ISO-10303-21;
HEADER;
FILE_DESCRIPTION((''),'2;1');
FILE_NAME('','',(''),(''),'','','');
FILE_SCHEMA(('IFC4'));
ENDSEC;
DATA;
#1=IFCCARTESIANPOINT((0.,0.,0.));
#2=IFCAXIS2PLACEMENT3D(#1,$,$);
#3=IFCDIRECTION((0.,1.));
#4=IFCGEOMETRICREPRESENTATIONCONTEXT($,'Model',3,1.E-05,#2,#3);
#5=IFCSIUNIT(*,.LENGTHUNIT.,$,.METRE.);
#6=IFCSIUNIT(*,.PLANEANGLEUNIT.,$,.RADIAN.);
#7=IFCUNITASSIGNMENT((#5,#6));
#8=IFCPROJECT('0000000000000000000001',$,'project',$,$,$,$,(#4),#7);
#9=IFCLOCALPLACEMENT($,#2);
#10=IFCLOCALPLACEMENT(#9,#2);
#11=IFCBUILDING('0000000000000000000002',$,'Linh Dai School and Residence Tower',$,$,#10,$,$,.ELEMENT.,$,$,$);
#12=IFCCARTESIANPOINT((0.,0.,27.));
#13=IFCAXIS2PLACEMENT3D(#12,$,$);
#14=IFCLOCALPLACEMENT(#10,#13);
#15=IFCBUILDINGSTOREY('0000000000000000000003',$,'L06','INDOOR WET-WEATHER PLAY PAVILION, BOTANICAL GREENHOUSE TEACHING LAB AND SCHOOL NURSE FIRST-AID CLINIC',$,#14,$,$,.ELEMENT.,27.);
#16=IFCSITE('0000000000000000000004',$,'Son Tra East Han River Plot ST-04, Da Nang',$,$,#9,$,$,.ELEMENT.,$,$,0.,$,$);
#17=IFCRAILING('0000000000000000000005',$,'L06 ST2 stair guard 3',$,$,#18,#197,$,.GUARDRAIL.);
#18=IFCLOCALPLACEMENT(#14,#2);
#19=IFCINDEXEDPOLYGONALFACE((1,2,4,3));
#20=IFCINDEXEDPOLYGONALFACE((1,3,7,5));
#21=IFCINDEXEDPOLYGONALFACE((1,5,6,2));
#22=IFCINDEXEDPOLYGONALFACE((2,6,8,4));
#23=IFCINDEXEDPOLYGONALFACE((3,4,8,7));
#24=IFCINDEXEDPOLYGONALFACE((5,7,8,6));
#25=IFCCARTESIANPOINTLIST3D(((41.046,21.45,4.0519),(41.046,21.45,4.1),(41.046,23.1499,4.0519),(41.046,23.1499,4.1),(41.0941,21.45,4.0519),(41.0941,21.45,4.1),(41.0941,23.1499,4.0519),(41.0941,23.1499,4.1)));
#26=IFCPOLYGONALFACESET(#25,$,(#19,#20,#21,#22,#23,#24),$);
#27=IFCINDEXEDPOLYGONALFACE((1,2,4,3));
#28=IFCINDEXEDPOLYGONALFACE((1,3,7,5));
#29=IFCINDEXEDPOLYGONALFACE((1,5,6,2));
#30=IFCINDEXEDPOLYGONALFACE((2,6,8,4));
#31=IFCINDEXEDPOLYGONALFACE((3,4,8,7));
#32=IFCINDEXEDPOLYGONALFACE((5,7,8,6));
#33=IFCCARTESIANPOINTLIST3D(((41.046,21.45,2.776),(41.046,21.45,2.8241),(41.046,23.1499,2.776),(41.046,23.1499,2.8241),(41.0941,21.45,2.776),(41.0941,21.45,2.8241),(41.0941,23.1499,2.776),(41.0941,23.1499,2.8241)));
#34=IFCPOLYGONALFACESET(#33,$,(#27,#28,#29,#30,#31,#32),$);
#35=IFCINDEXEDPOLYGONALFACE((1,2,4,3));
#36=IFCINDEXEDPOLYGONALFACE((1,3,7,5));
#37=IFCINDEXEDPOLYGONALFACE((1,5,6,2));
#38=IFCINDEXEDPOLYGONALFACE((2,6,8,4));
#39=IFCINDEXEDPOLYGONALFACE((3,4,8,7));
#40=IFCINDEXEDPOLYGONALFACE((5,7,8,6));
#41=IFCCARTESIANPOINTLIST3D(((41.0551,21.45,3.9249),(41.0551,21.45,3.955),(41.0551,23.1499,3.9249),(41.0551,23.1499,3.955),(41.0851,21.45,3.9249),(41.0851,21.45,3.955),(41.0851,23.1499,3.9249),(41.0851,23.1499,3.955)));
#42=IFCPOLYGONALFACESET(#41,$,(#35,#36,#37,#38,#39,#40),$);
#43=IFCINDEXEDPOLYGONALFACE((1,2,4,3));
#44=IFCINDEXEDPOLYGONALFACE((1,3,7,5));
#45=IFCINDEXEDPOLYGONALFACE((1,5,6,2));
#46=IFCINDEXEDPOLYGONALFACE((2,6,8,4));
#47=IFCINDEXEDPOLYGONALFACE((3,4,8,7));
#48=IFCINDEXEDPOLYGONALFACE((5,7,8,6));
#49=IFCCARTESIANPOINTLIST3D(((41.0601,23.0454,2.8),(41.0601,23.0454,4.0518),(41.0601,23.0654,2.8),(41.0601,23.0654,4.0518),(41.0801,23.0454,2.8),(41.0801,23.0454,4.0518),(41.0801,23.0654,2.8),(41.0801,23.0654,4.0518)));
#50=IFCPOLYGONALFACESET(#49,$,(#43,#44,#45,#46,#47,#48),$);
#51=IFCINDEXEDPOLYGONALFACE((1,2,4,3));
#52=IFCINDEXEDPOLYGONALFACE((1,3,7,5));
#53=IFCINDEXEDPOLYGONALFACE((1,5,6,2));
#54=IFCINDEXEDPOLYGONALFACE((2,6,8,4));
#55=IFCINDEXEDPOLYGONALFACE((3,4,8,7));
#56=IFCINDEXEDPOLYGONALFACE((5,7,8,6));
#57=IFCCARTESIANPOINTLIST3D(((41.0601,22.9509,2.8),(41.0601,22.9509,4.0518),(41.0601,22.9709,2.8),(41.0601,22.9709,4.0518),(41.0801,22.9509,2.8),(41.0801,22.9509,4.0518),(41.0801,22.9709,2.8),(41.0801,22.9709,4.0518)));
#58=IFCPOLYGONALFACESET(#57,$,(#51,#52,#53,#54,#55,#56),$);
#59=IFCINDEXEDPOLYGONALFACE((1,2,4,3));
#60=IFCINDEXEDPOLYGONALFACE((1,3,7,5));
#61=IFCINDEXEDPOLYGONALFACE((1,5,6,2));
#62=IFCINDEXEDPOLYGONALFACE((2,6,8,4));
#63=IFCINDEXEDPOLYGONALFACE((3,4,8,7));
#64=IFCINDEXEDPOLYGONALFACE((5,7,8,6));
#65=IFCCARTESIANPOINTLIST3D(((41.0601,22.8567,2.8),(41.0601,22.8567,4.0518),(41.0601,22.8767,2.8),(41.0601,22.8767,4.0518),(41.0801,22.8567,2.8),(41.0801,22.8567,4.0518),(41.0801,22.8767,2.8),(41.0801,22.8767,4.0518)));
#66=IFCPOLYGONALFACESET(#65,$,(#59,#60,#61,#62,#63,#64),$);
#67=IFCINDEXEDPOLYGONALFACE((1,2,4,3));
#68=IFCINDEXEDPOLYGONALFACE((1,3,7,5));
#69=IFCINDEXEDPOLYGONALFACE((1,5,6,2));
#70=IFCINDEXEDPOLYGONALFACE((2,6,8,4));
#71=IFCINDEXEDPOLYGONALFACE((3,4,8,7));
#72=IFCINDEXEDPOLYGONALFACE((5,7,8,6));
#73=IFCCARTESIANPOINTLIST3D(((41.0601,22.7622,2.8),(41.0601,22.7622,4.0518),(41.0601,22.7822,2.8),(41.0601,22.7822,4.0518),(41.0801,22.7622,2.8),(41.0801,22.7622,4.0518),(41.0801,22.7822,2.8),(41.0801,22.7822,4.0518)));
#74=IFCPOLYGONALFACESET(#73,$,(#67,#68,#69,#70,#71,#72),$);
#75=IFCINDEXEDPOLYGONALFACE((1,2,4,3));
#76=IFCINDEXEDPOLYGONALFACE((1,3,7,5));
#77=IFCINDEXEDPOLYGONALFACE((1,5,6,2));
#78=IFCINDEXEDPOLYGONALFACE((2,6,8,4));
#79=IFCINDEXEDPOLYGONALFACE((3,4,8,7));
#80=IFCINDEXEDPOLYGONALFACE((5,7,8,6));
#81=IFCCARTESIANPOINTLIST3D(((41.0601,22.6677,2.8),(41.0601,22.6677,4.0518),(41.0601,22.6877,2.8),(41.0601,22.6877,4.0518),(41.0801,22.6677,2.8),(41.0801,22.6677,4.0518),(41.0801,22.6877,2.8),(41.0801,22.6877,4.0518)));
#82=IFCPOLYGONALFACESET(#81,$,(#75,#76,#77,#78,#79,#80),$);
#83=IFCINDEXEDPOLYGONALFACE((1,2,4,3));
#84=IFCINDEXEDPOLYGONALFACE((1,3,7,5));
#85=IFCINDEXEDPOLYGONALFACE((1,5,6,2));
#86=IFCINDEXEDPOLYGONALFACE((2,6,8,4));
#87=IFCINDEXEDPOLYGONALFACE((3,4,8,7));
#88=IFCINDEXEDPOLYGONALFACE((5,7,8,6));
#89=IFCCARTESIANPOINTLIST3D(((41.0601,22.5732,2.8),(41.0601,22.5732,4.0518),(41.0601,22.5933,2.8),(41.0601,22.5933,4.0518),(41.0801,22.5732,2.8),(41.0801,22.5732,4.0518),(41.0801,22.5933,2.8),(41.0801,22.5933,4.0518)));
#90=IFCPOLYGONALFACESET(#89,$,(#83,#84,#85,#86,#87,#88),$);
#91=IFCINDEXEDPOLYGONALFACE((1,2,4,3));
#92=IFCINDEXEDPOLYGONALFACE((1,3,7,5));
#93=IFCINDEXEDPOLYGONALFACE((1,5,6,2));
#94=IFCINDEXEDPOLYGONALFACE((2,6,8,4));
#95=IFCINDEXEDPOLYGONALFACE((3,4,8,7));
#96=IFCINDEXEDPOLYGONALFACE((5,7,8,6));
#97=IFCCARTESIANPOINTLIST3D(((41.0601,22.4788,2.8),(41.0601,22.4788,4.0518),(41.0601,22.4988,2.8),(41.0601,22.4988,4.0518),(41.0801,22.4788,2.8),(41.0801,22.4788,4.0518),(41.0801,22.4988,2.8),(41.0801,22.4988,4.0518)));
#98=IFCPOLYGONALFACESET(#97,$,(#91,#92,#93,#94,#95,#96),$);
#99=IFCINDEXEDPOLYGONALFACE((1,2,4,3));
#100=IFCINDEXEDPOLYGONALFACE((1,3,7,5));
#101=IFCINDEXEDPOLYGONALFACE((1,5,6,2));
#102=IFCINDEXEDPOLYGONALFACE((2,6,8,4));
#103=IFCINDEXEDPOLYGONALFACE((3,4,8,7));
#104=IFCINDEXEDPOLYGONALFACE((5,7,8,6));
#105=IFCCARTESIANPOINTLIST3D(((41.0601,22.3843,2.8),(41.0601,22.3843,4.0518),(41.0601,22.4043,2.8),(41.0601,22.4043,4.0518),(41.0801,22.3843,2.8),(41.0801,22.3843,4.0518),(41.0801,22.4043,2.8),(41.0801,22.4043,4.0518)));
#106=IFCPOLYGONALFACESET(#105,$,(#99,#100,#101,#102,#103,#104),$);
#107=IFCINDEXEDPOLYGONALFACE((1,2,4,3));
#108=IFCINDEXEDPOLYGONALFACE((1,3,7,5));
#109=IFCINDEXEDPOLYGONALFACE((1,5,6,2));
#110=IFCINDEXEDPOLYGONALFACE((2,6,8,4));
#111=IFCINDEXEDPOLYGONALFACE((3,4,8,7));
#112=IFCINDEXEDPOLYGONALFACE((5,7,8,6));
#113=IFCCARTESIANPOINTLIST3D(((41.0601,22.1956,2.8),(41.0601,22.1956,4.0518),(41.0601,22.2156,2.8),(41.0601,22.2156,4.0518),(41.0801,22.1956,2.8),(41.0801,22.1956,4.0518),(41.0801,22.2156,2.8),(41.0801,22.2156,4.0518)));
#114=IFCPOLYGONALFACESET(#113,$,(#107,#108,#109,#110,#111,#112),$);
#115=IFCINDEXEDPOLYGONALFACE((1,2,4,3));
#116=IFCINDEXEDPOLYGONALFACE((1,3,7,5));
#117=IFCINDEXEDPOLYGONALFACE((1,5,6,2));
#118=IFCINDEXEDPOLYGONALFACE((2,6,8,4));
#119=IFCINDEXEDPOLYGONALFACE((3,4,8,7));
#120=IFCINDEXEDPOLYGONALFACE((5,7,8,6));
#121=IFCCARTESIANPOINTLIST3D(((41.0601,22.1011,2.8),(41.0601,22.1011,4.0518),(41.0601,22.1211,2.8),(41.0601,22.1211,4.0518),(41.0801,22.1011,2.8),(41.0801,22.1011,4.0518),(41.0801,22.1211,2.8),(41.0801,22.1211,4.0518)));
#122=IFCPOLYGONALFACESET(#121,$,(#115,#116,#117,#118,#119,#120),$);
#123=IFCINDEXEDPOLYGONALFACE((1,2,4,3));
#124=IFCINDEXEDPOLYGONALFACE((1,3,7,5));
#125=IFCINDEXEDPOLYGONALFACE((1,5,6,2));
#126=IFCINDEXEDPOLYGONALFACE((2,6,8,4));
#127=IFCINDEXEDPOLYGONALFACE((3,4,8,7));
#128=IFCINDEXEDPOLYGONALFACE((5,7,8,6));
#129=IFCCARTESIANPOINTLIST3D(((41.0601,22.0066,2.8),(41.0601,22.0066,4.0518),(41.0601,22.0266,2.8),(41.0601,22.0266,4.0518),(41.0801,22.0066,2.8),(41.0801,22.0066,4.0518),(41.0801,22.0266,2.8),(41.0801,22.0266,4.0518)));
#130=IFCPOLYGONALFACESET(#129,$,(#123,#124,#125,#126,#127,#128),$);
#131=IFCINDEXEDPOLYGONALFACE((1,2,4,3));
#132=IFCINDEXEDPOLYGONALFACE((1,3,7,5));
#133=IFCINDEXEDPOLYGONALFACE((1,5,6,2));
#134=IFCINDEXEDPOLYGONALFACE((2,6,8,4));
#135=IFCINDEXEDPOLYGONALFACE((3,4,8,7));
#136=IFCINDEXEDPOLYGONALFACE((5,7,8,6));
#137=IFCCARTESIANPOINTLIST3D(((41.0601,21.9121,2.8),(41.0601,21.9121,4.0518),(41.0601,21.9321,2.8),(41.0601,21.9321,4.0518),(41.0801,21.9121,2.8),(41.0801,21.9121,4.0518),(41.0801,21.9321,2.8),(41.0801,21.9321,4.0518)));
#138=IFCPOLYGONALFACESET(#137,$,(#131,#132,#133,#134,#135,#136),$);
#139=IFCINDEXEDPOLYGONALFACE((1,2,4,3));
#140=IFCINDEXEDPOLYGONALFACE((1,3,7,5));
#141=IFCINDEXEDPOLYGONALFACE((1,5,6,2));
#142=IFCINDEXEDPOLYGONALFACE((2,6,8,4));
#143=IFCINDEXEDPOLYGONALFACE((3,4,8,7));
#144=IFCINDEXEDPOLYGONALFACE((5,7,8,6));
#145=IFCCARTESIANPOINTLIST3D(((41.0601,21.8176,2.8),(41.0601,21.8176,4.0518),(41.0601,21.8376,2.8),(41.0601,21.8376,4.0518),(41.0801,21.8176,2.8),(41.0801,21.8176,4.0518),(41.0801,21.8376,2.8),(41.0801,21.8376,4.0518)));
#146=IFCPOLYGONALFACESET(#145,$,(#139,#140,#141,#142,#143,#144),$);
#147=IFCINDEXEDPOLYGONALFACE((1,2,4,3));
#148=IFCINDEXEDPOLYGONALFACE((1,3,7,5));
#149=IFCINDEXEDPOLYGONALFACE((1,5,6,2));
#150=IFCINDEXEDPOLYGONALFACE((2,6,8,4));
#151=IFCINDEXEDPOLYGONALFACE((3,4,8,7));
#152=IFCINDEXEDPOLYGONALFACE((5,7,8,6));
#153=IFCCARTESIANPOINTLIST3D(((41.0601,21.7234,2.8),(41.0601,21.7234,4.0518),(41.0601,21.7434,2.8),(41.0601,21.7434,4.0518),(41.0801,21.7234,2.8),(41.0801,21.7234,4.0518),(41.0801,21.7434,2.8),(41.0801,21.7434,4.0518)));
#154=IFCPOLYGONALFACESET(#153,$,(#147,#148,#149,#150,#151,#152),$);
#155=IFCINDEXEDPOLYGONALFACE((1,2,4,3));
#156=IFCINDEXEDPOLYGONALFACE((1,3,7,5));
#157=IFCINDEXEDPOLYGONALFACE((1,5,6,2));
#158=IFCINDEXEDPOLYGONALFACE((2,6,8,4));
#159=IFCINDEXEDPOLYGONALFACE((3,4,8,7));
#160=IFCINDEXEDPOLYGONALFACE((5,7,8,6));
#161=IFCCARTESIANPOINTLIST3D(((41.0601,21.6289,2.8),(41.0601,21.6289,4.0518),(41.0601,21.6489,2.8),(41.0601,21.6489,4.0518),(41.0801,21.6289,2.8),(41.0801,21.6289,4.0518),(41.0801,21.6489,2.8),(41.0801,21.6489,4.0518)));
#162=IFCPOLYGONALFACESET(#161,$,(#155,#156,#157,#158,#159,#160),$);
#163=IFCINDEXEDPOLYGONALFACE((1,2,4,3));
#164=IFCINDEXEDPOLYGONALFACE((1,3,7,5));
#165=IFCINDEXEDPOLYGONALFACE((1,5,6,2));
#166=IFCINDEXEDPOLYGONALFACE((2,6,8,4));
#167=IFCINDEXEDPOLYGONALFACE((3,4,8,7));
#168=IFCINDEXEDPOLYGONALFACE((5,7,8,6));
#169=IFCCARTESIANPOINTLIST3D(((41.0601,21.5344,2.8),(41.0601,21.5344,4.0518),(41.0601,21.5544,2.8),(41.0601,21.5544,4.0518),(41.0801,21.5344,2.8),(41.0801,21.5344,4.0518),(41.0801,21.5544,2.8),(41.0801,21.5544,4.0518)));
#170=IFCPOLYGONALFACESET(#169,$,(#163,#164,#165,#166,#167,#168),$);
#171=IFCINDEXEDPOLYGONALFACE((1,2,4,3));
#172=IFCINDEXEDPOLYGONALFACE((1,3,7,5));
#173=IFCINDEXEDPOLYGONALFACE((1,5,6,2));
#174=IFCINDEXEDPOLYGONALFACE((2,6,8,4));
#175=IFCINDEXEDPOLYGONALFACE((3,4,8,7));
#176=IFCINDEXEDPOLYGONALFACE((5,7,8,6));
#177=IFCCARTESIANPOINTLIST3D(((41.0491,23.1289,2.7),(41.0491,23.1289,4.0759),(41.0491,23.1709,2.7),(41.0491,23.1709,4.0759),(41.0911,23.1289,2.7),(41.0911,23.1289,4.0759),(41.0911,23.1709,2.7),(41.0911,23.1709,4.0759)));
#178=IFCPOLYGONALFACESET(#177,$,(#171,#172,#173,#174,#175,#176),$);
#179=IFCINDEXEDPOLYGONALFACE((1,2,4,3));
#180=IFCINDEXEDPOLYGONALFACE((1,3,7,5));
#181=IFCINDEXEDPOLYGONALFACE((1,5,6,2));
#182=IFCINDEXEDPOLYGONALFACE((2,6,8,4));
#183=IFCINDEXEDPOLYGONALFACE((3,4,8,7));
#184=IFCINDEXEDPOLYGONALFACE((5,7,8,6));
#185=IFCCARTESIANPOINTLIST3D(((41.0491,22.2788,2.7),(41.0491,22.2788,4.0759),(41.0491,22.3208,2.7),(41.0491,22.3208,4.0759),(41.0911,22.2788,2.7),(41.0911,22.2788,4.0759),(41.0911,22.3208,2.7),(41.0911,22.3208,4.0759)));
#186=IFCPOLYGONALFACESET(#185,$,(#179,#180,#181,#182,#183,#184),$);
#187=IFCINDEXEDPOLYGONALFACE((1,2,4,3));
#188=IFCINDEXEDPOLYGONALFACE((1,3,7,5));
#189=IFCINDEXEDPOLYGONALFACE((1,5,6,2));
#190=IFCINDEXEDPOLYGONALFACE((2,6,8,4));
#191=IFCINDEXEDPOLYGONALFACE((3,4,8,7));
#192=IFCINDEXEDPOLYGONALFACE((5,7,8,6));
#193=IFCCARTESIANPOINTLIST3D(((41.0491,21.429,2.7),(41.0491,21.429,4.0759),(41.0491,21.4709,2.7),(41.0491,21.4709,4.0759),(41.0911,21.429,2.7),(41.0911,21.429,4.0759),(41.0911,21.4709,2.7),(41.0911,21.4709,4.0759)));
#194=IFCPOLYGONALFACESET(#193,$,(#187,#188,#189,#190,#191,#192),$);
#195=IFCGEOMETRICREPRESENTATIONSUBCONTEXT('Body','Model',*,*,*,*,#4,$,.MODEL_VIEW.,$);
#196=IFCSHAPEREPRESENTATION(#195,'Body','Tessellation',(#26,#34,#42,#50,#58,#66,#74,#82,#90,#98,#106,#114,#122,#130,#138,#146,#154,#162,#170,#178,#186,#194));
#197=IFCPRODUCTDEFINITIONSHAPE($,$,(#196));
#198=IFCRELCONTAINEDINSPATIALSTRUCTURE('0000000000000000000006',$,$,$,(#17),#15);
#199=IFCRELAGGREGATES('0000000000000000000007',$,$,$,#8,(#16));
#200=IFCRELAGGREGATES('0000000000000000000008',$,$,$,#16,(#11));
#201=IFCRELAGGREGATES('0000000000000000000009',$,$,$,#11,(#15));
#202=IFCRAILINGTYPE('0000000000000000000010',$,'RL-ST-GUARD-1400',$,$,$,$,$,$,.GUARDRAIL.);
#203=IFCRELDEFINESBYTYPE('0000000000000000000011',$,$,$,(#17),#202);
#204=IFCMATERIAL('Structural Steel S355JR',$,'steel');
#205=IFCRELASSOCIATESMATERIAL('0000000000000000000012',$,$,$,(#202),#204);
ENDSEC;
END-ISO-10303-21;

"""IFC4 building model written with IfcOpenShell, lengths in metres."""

from ifc_helpers import new_model, si_unit, direction, frame, origin, origin_2d, place, context, subcontext, project, spatial, rectangle, extrude, source, transform, mapped, material, type_object, element, save


model = new_model("IFC4")

# Units and contexts
model_context = context("Model", 3, precision=1e-05, world=origin(), true_north=direction((0.0, 1.0)))
body_context = subcontext(model_context, "Body", "Model", "MODEL_VIEW")
ifc_project = project(units=[si_unit("LENGTHUNIT", "METRE"), si_unit("PLANEANGLEUNIT", "RADIAN")], contexts=[model_context])

# Site, building, storey
site_placement = place(None, origin())
site = spatial("IfcSite", under=ifc_project, at=site_placement, Name="Son Tra East Han River Plot ST-04, Da Nang", CompositionType="ELEMENT", RefElevation=0.0)
building_placement = place(site_placement, origin())
building = spatial("IfcBuilding", under=site, at=building_placement, Name="Linh Dai School and Residence Tower", CompositionType="ELEMENT")
storey_placement = place(building_placement, frame((0.0, 0.0, 27.0)))
storey = spatial("IfcBuildingStorey", under=building, at=storey_placement, Name="L06", Description="INDOOR WET-WEATHER PLAY PAVILION, BOTANICAL GREENHOUSE TEACHING LAB AND SCHOOL NURSE FIRST-AID CLINIC", CompositionType="ELEMENT", Elevation=27.0)

# Shared definitions
ifc_material_1 = material(Name="Structural Steel S355JR", Category="steel")

# Railing
railing_type_1 = type_object("IfcRailingType", Name="RL-ST-GUARD-1400", PredefinedType="GUARDRAIL", material=ifc_material_1)
shared_shape_1 = source(origin(), body_context, "Body", "SweptSolid", [
    extrude(rectangle(XDim=0.0481, YDim=0.0481, at=origin_2d()), frame((0.0, 0.0, 1.376), z_axis=(0.0, -1.0, 0.0), x_axis=(1.0, 0.0, 0.0)), (0.0, 0.0, 1.0), 1.7),
    extrude(rectangle(XDim=0.0481, YDim=0.0481, at=origin_2d()), frame((0.0, 0.0, 0.1001), z_axis=(0.0, -1.0, 0.0), x_axis=(1.0, 0.0, 0.0)), (0.0, 0.0, 1.0), 1.7),
    extrude(rectangle(XDim=0.03, YDim=0.03, at=origin_2d()), frame((0.0, 0.0, 1.24), z_axis=(0.0, -1.0, 0.0), x_axis=(1.0, 0.0, 0.0)), (0.0, 0.0, 1.0), 1.7),
    extrude(rectangle(XDim=0.02, YDim=0.02, at=origin_2d()), frame((0.0, -0.0945, 0.1001)), (0.0, 0.0, 1.0), 1.2517),
    extrude(rectangle(XDim=0.02, YDim=0.02, at=origin_2d()), frame((0.0, -0.189, 0.1001)), (0.0, 0.0, 1.0), 1.2517),
    extrude(rectangle(XDim=0.02, YDim=0.02, at=origin_2d()), frame((0.0, -0.2832, 0.1001)), (0.0, 0.0, 1.0), 1.2517),
    extrude(rectangle(XDim=0.02, YDim=0.02, at=origin_2d()), frame((0.0, -0.3777, 0.1001)), (0.0, 0.0, 1.0), 1.2517),
    extrude(rectangle(XDim=0.02, YDim=0.02, at=origin_2d()), frame((0.0, -0.4722, 0.1001)), (0.0, 0.0, 1.0), 1.2517),
    extrude(rectangle(XDim=0.02, YDim=0.02, at=origin_2d()), frame((0.0, -0.5667, 0.1001)), (0.0, 0.0, 1.0), 1.2517),
    extrude(rectangle(XDim=0.02, YDim=0.02, at=origin_2d()), frame((0.0, -0.6611, 0.1001)), (0.0, 0.0, 1.0), 1.2517),
    extrude(rectangle(XDim=0.02, YDim=0.02, at=origin_2d()), frame((0.0, -0.7556, 0.1001)), (0.0, 0.0, 1.0), 1.2517),
    extrude(rectangle(XDim=0.02, YDim=0.02, at=origin_2d()), frame((0.0, -0.9443, 0.1001)), (0.0, 0.0, 1.0), 1.2517),
    extrude(rectangle(XDim=0.02, YDim=0.02, at=origin_2d()), frame((0.0, -1.0388, 0.1001)), (0.0, 0.0, 1.0), 1.2517),
    extrude(rectangle(XDim=0.02, YDim=0.02, at=origin_2d()), frame((0.0, -1.1333, 0.1001)), (0.0, 0.0, 1.0), 1.2517),
    extrude(rectangle(XDim=0.02, YDim=0.02, at=origin_2d()), frame((0.0, -1.2278, 0.1001)), (0.0, 0.0, 1.0), 1.2517),
    extrude(rectangle(XDim=0.02, YDim=0.02, at=origin_2d()), frame((0.0, -1.3223, 0.1001)), (0.0, 0.0, 1.0), 1.2517),
    extrude(rectangle(XDim=0.02, YDim=0.02, at=origin_2d()), frame((0.0, -1.4165, 0.1001)), (0.0, 0.0, 1.0), 1.2517),
    extrude(rectangle(XDim=0.02, YDim=0.02, at=origin_2d()), frame((0.0, -1.511, 0.1001)), (0.0, 0.0, 1.0), 1.2517),
    extrude(rectangle(XDim=0.02, YDim=0.02, at=origin_2d()), frame((0.0, -1.6055, 0.1001)), (0.0, 0.0, 1.0), 1.2517),
    extrude(rectangle(XDim=0.042, YDim=0.042, at=origin_2d()), origin(), (0.0, 0.0, 1.0), 1.376),
    extrude(rectangle(XDim=0.042, YDim=0.042, at=origin_2d()), frame((0.0, -0.8501, 0.0)), (0.0, 0.0, 1.0), 1.376),
    extrude(rectangle(XDim=0.042, YDim=0.042, at=origin_2d()), frame((0.0, -1.7, 0.0)), (0.0, 0.0, 1.0), 1.376),
])
for number, where, name in (
    (1, (41.0701, 23.1499, 2.7), "L06 ST2 stair guard 3"),
):
    element("IfcRailing", number, at=place(storey_placement, frame(where)), inside=storey, type_object=railing_type_1, Name=name, PredefinedType="GUARDRAIL", context=body_context, shape_type="MappedRepresentation", body=[
        mapped(shared_shape_1, transform((0.0, 0.0, 0.0), x_axis=(1.0, 0.0, 0.0), y_axis=(0.0, 1.0, 0.0), z_axis=(0.0, 0.0, 1.0), scale=1.0)),
    ])

save(model, "model.ifc")
